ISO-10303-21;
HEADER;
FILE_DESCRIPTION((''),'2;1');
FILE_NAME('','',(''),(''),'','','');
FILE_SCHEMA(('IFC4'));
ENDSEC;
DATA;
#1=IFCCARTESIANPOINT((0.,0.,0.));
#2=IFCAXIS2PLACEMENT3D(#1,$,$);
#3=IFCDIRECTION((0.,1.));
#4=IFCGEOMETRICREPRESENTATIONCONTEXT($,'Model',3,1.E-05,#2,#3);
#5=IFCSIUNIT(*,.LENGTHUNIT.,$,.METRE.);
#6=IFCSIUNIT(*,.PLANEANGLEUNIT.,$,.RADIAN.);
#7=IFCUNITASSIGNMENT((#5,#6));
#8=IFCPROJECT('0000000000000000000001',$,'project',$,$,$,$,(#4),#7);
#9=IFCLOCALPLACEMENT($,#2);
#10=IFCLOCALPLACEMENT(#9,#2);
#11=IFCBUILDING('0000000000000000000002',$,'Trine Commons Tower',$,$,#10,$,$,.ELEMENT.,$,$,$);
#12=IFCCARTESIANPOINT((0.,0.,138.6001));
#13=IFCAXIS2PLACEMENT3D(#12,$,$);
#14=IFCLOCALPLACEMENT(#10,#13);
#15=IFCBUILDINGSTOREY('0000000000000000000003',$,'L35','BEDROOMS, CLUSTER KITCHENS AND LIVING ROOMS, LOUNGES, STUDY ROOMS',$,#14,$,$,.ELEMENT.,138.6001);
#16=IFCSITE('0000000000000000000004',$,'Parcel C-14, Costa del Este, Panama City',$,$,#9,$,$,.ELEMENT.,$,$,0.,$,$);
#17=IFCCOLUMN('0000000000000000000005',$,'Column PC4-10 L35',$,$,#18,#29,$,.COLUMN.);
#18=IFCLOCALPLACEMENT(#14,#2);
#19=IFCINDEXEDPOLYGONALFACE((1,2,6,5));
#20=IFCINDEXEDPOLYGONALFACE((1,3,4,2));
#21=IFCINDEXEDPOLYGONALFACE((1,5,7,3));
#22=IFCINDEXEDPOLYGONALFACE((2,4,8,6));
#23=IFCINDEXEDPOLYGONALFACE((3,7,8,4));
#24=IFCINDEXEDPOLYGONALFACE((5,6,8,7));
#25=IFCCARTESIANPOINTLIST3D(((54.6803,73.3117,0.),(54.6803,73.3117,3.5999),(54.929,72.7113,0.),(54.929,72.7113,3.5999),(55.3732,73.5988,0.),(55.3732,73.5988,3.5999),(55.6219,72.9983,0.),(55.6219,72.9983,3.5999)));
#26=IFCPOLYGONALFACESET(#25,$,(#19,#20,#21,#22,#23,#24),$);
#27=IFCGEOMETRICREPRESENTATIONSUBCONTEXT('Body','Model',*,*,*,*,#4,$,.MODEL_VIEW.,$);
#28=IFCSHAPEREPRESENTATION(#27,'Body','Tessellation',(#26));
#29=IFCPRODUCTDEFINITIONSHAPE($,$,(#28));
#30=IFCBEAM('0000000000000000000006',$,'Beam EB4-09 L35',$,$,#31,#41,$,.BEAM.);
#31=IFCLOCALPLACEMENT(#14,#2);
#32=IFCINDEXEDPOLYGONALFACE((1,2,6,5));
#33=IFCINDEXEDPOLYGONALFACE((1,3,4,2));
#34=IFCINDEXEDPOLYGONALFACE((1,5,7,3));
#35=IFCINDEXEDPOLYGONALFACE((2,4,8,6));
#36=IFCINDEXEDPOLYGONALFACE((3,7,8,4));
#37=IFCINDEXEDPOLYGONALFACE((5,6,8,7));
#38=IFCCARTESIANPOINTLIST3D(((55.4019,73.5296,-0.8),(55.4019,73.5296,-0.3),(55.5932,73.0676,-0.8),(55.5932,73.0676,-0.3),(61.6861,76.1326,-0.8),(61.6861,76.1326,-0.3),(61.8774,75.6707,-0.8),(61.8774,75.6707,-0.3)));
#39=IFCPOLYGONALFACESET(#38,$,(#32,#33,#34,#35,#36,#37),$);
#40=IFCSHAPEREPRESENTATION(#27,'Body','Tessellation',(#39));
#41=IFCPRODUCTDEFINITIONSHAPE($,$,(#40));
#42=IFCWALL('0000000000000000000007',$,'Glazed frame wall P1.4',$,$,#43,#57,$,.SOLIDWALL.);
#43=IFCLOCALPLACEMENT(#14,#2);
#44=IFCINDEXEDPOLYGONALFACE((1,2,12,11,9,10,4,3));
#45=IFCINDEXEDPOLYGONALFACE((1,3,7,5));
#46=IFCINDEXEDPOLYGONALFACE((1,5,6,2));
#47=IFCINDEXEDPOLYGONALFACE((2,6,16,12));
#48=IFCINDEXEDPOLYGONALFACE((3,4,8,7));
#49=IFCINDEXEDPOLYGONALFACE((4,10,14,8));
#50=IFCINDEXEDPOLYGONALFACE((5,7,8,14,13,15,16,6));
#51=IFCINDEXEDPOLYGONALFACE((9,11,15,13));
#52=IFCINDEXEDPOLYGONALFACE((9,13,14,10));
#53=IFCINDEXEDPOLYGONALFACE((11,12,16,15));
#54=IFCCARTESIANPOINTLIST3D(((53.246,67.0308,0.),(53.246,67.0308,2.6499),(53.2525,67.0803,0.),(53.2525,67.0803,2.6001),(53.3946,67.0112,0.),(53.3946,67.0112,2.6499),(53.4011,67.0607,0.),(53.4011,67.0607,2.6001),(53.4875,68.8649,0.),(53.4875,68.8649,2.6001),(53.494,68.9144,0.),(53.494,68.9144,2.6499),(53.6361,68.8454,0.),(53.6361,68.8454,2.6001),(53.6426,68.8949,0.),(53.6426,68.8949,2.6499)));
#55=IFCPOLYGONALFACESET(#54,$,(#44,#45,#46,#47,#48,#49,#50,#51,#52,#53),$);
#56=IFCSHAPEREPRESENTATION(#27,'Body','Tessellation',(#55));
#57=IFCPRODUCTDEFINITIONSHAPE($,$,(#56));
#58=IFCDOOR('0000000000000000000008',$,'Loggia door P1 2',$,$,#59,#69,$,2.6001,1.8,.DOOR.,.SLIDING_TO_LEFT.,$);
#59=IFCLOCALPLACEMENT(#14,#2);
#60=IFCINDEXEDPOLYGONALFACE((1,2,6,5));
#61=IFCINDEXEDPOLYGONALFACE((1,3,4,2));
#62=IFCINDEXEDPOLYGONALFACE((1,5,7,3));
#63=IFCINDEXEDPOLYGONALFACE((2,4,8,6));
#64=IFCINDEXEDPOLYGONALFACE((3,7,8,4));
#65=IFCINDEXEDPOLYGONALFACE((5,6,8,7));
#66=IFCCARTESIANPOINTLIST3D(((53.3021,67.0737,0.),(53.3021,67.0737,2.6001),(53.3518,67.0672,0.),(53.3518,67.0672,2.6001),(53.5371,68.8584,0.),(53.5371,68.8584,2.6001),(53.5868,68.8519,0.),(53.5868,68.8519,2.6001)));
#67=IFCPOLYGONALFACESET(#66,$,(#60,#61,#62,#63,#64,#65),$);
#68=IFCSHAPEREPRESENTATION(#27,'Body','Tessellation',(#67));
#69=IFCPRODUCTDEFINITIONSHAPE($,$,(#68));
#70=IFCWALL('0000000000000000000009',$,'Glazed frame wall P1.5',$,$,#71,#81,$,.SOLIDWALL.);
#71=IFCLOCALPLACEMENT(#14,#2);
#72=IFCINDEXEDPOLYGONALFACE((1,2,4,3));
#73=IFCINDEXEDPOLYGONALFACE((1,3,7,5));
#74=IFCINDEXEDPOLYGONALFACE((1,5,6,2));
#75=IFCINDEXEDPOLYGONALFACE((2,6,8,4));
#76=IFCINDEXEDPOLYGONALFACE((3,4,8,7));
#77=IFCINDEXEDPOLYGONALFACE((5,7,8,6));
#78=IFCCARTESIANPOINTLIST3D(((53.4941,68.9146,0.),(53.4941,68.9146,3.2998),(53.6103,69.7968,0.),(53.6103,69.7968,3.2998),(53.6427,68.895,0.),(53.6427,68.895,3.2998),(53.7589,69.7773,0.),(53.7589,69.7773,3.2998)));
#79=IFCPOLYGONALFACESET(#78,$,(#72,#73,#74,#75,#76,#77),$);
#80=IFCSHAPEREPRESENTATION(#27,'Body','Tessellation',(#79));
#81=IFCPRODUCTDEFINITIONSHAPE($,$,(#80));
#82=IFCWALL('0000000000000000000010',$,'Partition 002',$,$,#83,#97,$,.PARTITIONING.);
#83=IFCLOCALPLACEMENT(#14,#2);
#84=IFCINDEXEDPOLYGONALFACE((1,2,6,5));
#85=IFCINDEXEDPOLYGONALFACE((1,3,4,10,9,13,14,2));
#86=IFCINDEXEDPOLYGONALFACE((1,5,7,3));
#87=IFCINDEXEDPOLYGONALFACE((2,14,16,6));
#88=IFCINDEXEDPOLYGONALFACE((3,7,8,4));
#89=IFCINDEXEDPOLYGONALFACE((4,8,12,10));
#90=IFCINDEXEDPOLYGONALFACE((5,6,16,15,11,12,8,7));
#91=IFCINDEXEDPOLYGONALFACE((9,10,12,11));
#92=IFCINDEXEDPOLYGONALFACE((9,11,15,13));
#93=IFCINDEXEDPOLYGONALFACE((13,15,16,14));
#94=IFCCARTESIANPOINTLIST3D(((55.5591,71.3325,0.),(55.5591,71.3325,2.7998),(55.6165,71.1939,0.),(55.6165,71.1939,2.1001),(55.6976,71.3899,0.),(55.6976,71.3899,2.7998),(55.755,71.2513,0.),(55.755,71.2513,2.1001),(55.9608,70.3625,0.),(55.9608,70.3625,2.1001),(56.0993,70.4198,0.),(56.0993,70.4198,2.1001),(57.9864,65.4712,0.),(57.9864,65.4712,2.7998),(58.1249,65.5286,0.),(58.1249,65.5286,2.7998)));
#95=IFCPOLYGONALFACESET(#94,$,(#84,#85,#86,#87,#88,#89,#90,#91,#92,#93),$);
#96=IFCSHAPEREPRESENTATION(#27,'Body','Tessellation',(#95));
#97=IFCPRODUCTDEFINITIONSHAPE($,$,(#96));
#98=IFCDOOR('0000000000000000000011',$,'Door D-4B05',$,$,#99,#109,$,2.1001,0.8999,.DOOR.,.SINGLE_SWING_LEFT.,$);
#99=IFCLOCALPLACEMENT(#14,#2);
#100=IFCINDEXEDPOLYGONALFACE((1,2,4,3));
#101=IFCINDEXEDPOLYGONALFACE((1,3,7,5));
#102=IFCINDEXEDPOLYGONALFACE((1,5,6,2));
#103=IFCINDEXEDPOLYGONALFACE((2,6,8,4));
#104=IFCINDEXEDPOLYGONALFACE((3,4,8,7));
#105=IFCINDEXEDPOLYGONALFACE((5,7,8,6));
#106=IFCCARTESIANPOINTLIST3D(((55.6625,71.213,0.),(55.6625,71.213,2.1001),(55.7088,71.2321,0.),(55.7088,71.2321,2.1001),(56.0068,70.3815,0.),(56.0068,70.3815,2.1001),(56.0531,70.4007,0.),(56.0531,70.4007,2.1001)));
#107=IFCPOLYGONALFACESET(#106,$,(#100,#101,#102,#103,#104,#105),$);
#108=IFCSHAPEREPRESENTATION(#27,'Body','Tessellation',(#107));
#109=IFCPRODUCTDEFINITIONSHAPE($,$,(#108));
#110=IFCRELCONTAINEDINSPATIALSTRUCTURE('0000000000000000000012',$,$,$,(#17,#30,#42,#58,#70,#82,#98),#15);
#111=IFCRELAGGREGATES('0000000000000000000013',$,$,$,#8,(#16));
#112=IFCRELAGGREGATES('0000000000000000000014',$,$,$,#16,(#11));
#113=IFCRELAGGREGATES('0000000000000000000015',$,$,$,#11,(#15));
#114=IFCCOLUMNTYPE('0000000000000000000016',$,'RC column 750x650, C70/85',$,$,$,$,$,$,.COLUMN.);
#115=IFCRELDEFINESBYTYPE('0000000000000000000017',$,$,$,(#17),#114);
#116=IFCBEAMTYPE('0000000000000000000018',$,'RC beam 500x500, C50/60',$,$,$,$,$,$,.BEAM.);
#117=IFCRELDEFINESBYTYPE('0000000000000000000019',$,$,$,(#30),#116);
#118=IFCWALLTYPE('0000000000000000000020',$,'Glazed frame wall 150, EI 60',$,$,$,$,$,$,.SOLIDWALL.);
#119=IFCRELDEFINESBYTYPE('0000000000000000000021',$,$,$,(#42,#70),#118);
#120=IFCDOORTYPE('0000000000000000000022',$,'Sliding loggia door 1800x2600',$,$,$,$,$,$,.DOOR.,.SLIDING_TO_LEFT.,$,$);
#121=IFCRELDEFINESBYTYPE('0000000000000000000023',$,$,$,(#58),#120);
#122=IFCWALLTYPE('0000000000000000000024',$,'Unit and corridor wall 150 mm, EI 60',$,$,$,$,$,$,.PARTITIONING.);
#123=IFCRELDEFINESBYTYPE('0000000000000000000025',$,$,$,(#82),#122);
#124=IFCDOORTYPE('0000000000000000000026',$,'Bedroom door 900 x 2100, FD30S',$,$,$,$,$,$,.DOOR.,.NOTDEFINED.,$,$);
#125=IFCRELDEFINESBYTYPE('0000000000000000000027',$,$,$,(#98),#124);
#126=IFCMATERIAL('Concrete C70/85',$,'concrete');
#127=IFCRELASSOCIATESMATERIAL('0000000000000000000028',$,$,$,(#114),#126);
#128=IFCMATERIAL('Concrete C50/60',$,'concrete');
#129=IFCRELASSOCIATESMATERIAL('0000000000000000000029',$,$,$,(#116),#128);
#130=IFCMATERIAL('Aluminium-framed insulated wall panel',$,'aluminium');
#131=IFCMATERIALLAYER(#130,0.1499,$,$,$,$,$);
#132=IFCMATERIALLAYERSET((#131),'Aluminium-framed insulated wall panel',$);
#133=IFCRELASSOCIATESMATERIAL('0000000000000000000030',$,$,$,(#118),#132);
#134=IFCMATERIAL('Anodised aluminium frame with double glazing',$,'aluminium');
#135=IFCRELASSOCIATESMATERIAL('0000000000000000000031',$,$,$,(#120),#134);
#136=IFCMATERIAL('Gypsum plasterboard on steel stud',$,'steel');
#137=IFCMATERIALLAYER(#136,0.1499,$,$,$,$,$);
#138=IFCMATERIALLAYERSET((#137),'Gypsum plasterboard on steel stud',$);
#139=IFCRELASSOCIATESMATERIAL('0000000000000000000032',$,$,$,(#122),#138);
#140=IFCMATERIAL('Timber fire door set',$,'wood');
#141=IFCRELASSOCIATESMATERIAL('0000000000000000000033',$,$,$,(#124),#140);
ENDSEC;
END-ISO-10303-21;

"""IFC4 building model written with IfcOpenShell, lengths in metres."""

from ifc_helpers import new_model, si_unit, direction, frame, frame_2d, origin, origin_2d, place, context, subcontext, project, spatial, polyline, rectangle, outline, extrude, material, layer, layer_set, material_profile, profile_set, type_object, element, fill, save


model = new_model("IFC4")

# Units and contexts
model_context = context("Model", 3, precision=1e-05, world=origin(), true_north=direction((0.0, 1.0)))
body_context = subcontext(model_context, "Body", "Model", "MODEL_VIEW")
ifc_project = project(units=[si_unit("LENGTHUNIT", "METRE"), si_unit("PLANEANGLEUNIT", "RADIAN")], contexts=[model_context])

# Site, building, storey
site_placement = place(None, origin())
site = spatial("IfcSite", under=ifc_project, at=site_placement, Name="Parcel C-14, Costa del Este, Panama City", CompositionType="ELEMENT", RefElevation=0.0)
building_placement = place(site_placement, origin())
building = spatial("IfcBuilding", under=site, at=building_placement, Name="Trine Commons Tower", CompositionType="ELEMENT")
storey_placement = place(building_placement, frame((0.0, 0.0, 138.6001)))
storey = spatial("IfcBuildingStorey", under=building, at=storey_placement, Name="L35", Description="BEDROOMS, CLUSTER KITCHENS AND LIVING ROOMS, LOUNGES, STUDY ROOMS", CompositionType="ELEMENT", Elevation=138.6001)

# Column
ifc_material_1 = material(Name="Concrete C70/85", Category="concrete")
ifc_material_profile_1 = material_profile(ifc_material_1, rectangle(XDim=0.75, YDim=0.6499, at=origin_2d()), Name="RC 750x650")
ifc_profile_set_1 = profile_set([ifc_material_profile_1], Name="Concrete C70/85")
column_type = type_object("IfcColumnType", Name="RC column 750x650, C70/85", PredefinedType="COLUMN", material=ifc_profile_set_1)
column_placement = place(storey_placement, frame((55.1511, 73.155, 0.0), z_axis=(0.0, 0.0, 1.0), x_axis=(0.92388, 0.382683, 0.0)))
element("IfcColumn", 1, at=column_placement, inside=storey, type_object=column_type, Name="Column PC4-10 L35", PredefinedType="COLUMN", context=body_context, shape_type="SweptSolid", body=[
    extrude(rectangle(XDim=0.75, YDim=0.6499, at=origin_2d()), origin(), (0.0, 0.0, 1.0), 3.5999),
])

# Beam
ifc_material_2 = material(Name="Concrete C50/60", Category="concrete")
ifc_material_profile_2 = material_profile(ifc_material_2, rectangle(XDim=0.5, YDim=0.5, at=origin_2d()), Name="RC 500x500")
ifc_profile_set_2 = profile_set([ifc_material_profile_2], Name="Concrete C50/60")
beam_type = type_object("IfcBeamType", Name="RC beam 500x500, C50/60", PredefinedType="BEAM", material=ifc_profile_set_2)
beam_placement = place(storey_placement, frame((55.4976, 73.2986, -0.55), z_axis=(0.923878, 0.382688, 0.0), x_axis=(-0.382688, 0.923878, 0.0)))
element("IfcBeam", 2, at=beam_placement, inside=storey, type_object=beam_type, Name="Beam EB4-09 L35", PredefinedType="BEAM", context=body_context, shape_type="SweptSolid", body=[
    extrude(rectangle(XDim=0.5, YDim=0.5, at=origin_2d()), origin(), (0.0, 0.0, 1.0), 6.802),
])

# Wall, opening, door
ifc_material_3 = material(Name="Aluminium-framed insulated wall panel", Category="aluminium")
ifc_layer_1 = layer(ifc_material_3, 0.1499)
ifc_layer_set_1 = layer_set([ifc_layer_1], Name="Aluminium-framed insulated wall panel")
wall_type_1 = type_object("IfcWallType", Name="Glazed frame wall 150, EI 60", PredefinedType="SOLIDWALL", material=ifc_layer_set_1)
wall_1_placement = place(storey_placement, frame((53.3203, 67.021, 0.0), z_axis=(0.0, 0.0, 1.0), x_axis=(0.130548, 0.991442, 0.0)))
wall_1 = element("IfcWall", 3, at=wall_1_placement, inside=storey, type_object=wall_type_1, Name="Glazed frame wall P1.4", PredefinedType="SOLIDWALL", context=body_context, shape_type="SweptSolid", body=[
    extrude(outline(polyline([(0.0, -0.075), (1.8999, -0.075), (1.8999, 0.075), (0.0, 0.075), (0.0, -0.075)])), origin(), (0.0, 0.0, 1.0), 2.6499),
])
opening_1_placement = place(wall_1_placement, frame((0.05, 0.0, 0.0)))
opening_1 = element("IfcOpeningElement", 4, at=opening_1_placement, cuts=wall_1, PredefinedType="OPENING", context=body_context, shape_type="SweptSolid", body=[
    extrude(rectangle(XDim=1.8, YDim=2.6001, at=frame_2d((0.8999, 1.3))), frame((0.0, 0.085, 0.0), z_axis=(0.0, -1.0, 0.0), x_axis=(1.0, 0.0, 0.0)), (0.0, 0.0, 1.0), 0.1699),
])
ifc_material_4 = material(Name="Anodised aluminium frame with double glazing", Category="aluminium")
door_type_1 = type_object("IfcDoorType", Name="Sliding loggia door 1800x2600", OperationType="SLIDING_TO_LEFT", PredefinedType="DOOR", material=ifc_material_4)
door_1_placement = place(opening_1_placement, origin())
door_1 = element("IfcDoor", 5, at=door_1_placement, inside=storey, type_object=door_type_1, Name="Loggia door P1 2", OperationType="SLIDING_TO_LEFT", OverallHeight=2.6001, OverallWidth=1.8, PredefinedType="DOOR", context=body_context, shape_type="SweptSolid", body=[
    extrude(rectangle(XDim=1.8, YDim=2.6001, at=frame_2d((0.8999, 1.3))), frame((0.0, 0.0249, 0.0), z_axis=(0.0, -1.0, 0.0), x_axis=(1.0, 0.0, 0.0)), (0.0, 0.0, 1.0), 0.05),
])
fill(opening_1, door_1)

# Wall
wall_2_placement = place(storey_placement, frame((53.5684, 68.9048, 0.0), z_axis=(0.0, 0.0, 1.0), x_axis=(0.130612, 0.991434, 0.0)))
element("IfcWall", 6, at=wall_2_placement, inside=storey, type_object=wall_type_1, Name="Glazed frame wall P1.5", PredefinedType="SOLIDWALL", context=body_context, shape_type="SweptSolid", body=[
    extrude(outline(polyline([(0.8899, 0.075), (0.0, 0.075), (0.0, -0.075), (0.8899, -0.075), (0.8899, 0.075)])), origin(), (0.0, 0.0, 1.0), 3.2998),
])

# Wall, opening, door
ifc_material_5 = material(Name="Gypsum plasterboard on steel stud", Category="steel")
ifc_layer_2 = layer(ifc_material_5, 0.1499)
ifc_layer_set_2 = layer_set([ifc_layer_2], Name="Gypsum plasterboard on steel stud")
wall_type_2 = type_object("IfcWallType", Name="Unit and corridor wall 150 mm, EI 60", PredefinedType="PARTITIONING", material=ifc_layer_set_2)
wall_3_placement = place(storey_placement, frame((55.6284, 71.3611, 0.0), z_axis=(0.0, 0.0, 1.0), x_axis=(0.382603, -0.923913, 0.0)))
wall_3 = element("IfcWall", 7, at=wall_3_placement, inside=storey, type_object=wall_type_2, Name="Partition 002", PredefinedType="PARTITIONING", context=body_context, shape_type="SweptSolid", body=[
    extrude(rectangle(XDim=6.344, YDim=0.1499, at=frame_2d((3.1719, 0.0))), origin(), (0.0, 0.0, 1.0), 2.7998),
])
opening_2_placement = place(wall_3_placement, frame((0.1499, 0.0, 0.0)))
opening_2 = element("IfcOpeningElement", 8, at=opening_2_placement, cuts=wall_3, PredefinedType="OPENING", context=body_context, shape_type="SweptSolid", body=[
    extrude(rectangle(XDim=0.8999, YDim=2.1001, at=frame_2d((0.45, 1.05))), frame((0.0, 0.085, 0.0), z_axis=(0.0, -1.0, 0.0), x_axis=(1.0, 0.0, 0.0)), (0.0, 0.0, 1.0), 0.1699),
])
ifc_material_6 = material(Name="Timber fire door set", Category="wood")
door_type_2 = type_object("IfcDoorType", Name="Bedroom door 900 x 2100, FD30S", OperationType="NOTDEFINED", PredefinedType="DOOR", material=ifc_material_6)
door_2_placement = place(opening_2_placement, origin())
door_2 = element("IfcDoor", 9, at=door_2_placement, inside=storey, type_object=door_type_2, Name="Door D-4B05", OperationType="SINGLE_SWING_LEFT", OverallHeight=2.1001, OverallWidth=0.8999, PredefinedType="DOOR", context=body_context, shape_type="SweptSolid", body=[
    extrude(rectangle(XDim=0.8999, YDim=2.1001, at=frame_2d((0.45, 1.05))), frame((0.0, 0.0249, 0.0), z_axis=(0.0, -1.0, 0.0), x_axis=(1.0, 0.0, 0.0)), (0.0, 0.0, 1.0), 0.05),
])
fill(opening_2, door_2)

save(model, "model.ifc")
